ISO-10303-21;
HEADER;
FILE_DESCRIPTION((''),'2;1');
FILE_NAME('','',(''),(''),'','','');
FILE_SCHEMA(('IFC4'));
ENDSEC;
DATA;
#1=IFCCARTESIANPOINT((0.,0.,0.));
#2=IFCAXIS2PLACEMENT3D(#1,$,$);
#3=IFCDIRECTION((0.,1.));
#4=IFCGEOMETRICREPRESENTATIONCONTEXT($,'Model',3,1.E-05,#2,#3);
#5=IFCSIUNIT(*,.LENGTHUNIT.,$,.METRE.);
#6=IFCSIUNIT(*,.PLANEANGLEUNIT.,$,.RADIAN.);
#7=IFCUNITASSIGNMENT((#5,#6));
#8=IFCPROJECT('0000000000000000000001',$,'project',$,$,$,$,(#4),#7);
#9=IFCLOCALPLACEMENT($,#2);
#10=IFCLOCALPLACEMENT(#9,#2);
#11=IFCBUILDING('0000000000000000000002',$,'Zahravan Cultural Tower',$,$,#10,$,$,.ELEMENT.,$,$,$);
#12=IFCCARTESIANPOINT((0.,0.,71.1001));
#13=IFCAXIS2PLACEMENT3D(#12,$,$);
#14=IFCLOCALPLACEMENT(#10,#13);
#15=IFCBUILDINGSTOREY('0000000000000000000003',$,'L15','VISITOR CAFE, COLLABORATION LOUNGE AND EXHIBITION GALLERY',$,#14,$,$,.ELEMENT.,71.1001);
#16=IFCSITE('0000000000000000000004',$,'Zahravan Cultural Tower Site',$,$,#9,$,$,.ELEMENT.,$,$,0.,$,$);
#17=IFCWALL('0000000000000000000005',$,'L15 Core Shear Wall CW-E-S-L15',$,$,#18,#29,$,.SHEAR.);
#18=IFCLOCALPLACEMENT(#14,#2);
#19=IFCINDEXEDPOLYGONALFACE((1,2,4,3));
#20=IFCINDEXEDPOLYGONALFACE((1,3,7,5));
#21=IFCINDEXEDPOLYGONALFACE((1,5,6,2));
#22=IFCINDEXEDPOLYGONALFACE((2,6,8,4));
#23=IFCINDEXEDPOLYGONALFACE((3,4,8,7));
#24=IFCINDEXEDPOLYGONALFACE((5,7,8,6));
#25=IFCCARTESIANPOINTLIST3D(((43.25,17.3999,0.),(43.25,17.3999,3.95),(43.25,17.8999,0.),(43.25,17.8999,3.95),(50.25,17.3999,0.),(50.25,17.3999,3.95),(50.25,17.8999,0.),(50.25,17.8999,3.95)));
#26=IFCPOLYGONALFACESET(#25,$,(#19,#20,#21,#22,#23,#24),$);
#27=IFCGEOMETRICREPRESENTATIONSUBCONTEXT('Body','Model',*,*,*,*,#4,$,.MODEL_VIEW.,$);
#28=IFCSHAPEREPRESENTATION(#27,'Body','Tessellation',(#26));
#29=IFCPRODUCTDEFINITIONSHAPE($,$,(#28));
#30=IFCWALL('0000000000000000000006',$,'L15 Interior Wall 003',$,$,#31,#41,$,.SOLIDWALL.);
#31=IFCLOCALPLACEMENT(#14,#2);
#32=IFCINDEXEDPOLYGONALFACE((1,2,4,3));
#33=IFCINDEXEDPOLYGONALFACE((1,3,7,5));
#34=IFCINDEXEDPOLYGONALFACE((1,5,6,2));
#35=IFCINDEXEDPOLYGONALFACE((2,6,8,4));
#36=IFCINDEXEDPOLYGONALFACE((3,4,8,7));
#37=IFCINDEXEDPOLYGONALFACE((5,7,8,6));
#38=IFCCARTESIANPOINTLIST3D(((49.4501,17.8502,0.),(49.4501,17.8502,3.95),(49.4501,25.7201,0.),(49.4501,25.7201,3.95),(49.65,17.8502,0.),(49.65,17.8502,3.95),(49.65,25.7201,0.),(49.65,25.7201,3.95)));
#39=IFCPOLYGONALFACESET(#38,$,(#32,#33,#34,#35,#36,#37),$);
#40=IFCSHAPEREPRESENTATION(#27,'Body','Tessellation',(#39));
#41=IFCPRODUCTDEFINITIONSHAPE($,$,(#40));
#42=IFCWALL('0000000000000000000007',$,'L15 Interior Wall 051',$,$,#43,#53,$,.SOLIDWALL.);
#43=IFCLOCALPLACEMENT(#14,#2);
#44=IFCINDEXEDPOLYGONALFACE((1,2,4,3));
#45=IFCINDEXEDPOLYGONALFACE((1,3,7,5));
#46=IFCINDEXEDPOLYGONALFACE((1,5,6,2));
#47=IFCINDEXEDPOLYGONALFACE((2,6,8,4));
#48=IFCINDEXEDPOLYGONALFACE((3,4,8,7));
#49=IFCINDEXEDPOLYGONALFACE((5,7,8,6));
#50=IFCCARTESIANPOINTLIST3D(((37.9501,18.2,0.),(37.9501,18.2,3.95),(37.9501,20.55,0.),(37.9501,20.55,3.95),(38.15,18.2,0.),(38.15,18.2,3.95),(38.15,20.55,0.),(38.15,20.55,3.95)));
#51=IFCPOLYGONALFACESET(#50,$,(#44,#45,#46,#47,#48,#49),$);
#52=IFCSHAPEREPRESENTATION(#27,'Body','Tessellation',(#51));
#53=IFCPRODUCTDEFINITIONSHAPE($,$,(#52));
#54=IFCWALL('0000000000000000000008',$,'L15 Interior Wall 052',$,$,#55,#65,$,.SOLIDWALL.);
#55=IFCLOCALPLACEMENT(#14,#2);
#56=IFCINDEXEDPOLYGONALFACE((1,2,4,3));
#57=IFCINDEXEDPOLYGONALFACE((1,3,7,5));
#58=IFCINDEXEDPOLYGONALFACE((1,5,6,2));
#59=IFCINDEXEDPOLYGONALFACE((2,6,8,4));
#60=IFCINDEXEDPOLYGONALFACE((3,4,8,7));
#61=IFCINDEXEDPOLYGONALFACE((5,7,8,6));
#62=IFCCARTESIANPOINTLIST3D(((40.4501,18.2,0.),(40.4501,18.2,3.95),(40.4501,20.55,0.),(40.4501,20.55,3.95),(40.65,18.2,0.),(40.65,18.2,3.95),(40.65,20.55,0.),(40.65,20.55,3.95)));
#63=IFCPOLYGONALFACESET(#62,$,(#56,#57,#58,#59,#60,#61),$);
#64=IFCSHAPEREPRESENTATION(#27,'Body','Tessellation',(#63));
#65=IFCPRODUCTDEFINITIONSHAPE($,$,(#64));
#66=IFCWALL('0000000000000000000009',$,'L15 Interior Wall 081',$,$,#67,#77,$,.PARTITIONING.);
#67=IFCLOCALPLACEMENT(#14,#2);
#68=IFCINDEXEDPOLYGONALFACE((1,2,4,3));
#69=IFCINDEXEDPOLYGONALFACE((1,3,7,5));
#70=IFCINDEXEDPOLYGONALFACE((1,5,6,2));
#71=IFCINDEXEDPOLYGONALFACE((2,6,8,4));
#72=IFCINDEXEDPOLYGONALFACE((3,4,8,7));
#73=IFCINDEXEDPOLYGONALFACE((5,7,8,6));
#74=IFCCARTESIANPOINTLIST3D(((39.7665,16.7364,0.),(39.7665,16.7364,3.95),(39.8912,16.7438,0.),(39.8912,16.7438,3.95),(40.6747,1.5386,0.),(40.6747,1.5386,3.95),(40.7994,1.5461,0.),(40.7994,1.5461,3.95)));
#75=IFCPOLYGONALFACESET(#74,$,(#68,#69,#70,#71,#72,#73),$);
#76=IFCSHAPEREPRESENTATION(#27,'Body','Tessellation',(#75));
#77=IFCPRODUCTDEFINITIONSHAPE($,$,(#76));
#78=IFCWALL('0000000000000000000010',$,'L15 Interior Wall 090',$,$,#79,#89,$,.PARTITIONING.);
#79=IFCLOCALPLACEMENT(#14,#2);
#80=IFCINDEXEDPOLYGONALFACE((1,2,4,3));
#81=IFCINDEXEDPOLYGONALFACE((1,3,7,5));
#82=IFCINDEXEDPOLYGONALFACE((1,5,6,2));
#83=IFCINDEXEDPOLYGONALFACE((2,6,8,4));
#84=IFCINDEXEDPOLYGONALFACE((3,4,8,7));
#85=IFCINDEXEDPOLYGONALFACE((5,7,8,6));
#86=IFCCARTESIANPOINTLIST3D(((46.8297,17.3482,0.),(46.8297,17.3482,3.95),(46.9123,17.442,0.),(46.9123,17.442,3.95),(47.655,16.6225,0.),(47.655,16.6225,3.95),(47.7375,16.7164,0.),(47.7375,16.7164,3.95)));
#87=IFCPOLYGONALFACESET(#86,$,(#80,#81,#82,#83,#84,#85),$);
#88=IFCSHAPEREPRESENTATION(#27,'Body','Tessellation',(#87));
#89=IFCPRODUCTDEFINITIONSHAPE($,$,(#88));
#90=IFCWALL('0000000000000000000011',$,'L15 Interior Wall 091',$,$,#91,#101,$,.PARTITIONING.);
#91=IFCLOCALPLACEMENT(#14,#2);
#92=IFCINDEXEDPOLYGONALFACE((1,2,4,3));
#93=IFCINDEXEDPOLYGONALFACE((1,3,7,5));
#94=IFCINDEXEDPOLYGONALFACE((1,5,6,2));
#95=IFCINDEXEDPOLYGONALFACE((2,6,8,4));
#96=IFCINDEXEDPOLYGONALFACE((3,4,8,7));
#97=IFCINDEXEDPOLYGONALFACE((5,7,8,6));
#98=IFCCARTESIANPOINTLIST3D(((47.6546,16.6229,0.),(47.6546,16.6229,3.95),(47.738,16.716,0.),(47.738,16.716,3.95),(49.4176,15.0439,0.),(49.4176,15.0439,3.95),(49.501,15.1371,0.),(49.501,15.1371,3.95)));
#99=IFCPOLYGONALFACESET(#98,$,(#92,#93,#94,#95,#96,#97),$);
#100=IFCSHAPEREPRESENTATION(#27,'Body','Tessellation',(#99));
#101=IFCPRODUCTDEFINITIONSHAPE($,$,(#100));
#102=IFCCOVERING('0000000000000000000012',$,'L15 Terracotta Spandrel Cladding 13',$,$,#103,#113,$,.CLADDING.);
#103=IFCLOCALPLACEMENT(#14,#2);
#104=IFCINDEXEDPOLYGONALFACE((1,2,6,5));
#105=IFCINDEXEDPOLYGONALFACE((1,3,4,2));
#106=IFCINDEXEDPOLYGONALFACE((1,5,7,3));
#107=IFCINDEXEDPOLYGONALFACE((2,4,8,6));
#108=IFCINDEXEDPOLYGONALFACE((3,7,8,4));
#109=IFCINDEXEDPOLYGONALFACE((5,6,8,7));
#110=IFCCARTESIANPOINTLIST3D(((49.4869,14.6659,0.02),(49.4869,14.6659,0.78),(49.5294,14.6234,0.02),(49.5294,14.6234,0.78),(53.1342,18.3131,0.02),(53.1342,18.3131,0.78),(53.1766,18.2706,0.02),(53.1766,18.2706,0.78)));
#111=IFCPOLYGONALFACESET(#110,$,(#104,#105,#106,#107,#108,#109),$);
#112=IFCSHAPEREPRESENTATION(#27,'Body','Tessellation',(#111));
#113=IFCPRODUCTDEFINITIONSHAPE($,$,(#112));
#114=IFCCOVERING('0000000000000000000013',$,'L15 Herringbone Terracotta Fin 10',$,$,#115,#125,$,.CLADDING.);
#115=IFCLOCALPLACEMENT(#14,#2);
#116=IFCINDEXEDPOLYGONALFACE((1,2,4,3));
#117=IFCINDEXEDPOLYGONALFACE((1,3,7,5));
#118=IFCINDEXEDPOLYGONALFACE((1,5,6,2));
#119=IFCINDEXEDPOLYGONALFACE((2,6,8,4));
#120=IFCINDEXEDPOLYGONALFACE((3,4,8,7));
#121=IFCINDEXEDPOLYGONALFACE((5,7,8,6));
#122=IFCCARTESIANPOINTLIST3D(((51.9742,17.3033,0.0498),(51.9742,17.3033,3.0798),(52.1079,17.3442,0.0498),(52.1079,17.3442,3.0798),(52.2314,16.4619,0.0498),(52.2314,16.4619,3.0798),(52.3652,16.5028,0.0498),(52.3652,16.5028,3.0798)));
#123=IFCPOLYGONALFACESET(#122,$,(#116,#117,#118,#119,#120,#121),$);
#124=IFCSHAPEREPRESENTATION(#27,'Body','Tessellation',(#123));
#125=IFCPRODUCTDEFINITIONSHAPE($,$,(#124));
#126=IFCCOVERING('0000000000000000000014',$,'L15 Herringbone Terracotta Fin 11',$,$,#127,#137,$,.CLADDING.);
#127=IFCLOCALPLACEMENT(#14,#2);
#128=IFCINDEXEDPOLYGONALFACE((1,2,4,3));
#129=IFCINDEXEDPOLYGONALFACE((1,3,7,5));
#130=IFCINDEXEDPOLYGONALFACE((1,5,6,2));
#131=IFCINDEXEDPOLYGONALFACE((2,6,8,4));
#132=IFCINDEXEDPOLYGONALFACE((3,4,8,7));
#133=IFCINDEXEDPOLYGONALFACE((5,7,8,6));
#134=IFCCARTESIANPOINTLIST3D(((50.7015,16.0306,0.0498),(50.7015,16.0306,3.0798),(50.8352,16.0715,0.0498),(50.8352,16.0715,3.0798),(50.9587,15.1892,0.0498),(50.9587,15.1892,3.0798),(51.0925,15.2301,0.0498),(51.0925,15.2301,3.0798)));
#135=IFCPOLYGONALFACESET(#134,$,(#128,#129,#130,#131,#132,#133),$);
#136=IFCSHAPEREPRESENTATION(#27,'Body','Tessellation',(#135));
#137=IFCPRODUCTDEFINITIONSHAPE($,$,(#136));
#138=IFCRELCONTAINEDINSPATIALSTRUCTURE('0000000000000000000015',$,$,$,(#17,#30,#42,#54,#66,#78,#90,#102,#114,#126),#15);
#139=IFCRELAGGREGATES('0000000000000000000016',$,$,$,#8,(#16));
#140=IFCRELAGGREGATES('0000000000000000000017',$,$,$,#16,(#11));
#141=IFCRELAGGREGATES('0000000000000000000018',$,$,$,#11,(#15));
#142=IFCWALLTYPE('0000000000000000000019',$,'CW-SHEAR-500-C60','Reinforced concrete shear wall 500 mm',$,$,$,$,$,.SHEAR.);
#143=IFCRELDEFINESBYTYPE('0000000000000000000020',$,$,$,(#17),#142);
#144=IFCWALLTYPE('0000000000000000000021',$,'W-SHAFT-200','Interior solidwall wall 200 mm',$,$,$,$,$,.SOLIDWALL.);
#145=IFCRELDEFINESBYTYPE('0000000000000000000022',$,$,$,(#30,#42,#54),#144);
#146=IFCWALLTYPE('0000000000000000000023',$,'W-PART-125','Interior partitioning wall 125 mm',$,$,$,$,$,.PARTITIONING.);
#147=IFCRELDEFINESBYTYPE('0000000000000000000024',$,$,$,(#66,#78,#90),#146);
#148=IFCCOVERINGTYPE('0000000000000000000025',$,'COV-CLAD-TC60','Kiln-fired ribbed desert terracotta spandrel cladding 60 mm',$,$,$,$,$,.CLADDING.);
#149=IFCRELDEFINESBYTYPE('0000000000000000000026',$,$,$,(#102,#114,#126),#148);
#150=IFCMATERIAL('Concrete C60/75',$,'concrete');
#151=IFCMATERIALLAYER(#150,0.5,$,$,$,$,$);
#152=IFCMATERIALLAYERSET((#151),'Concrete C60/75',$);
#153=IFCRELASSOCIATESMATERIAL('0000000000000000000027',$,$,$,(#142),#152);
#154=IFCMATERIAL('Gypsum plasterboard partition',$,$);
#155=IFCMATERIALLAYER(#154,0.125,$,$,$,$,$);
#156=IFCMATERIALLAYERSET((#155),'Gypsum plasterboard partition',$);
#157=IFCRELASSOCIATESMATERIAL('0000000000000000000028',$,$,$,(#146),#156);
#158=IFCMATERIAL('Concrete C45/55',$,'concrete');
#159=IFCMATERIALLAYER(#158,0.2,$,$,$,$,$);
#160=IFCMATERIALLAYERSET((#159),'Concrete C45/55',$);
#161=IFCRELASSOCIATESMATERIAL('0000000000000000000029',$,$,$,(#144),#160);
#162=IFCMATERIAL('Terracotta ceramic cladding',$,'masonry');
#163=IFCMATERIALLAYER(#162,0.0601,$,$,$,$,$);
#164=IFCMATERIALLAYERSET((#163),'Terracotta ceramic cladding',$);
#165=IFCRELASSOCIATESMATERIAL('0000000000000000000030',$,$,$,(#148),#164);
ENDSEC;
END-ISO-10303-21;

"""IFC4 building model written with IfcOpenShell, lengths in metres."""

from ifc_helpers import new_model, si_unit, direction, frame, frame_2d, origin, origin_2d, place, context, subcontext, project, spatial, rectangle, extrude, source, transform, mapped, material, layer, layer_set, type_object, element, save


model = new_model("IFC4")

# Units and contexts
model_context = context("Model", 3, precision=1e-05, world=origin(), true_north=direction((0.0, 1.0)))
body_context = subcontext(model_context, "Body", "Model", "MODEL_VIEW")
ifc_project = project(units=[si_unit("LENGTHUNIT", "METRE"), si_unit("PLANEANGLEUNIT", "RADIAN")], contexts=[model_context])

# Site, building, storey
site_placement = place(None, origin())
site = spatial("IfcSite", under=ifc_project, at=site_placement, Name="Zahravan Cultural Tower Site", CompositionType="ELEMENT", RefElevation=0.0)
building_placement = place(site_placement, origin())
building = spatial("IfcBuilding", under=site, at=building_placement, Name="Zahravan Cultural Tower", CompositionType="ELEMENT")
storey_placement = place(building_placement, frame((0.0, 0.0, 71.1001)))
storey = spatial("IfcBuildingStorey", under=building, at=storey_placement, Name="L15", Description="VISITOR CAFE, COLLABORATION LOUNGE AND EXHIBITION GALLERY", CompositionType="ELEMENT", Elevation=71.1001)

# Shared definitions
ifc_material_1 = material(Name="Concrete C60/75", Category="concrete")

# Shared definitions
ifc_layer_1 = layer(ifc_material_1, 0.5)
ifc_layer_set_1 = layer_set([ifc_layer_1], Name="Concrete C60/75")
wall_type_1 = type_object("IfcWallType", Name="CW-SHEAR-500-C60", Description="Reinforced concrete shear wall 500 mm", PredefinedType="SHEAR", material=ifc_layer_set_1)

# Shared definitions
ifc_material_2 = material(Name="Gypsum plasterboard partition")
ifc_layer_2 = layer(ifc_material_2, 0.125)
ifc_layer_set_2 = layer_set([ifc_layer_2], Name="Gypsum plasterboard partition")
wall_type_2 = type_object("IfcWallType", Name="W-PART-125", Description="Interior partitioning wall 125 mm", PredefinedType="PARTITIONING", material=ifc_layer_set_2)
ifc_material_3 = material(Name="Concrete C45/55", Category="concrete")
ifc_layer_3 = layer(ifc_material_3, 0.2)
ifc_layer_set_3 = layer_set([ifc_layer_3], Name="Concrete C45/55")
wall_type_3 = type_object("IfcWallType", Name="W-SHAFT-200", Description="Interior solidwall wall 200 mm", PredefinedType="SOLIDWALL", material=ifc_layer_set_3)

# Walls
shared_shape_1 = source(origin(), body_context, "Body", "SweptSolid", [
    extrude(rectangle(XDim=7.0, YDim=0.5, at=frame_2d((3.5, 0.0))), origin(), (0.0, 0.0, 1.0), 3.95),
])
wall_1_placement = place(storey_placement, frame((43.25, 17.6499, 0.0), z_axis=(0.0, 0.0, 1.0), x_axis=(1.0, 0.0, 0.0)))
element("IfcWall", 1, at=wall_1_placement, inside=storey, type_object=wall_type_1, Name="L15 Core Shear Wall CW-E-S-L15", PredefinedType="SHEAR", context=body_context, shape_type="MappedRepresentation", body=[
    mapped(shared_shape_1, transform((0.0, 0.0, 0.0), x_axis=(1.0, 0.0, 0.0), y_axis=(0.0, 1.0, 0.0), z_axis=(0.0, 0.0, 1.0), scale=1.0)),
])
shared_shape_2 = source(origin(), body_context, "Body", "SweptSolid", [
    extrude(rectangle(XDim=7.8699, YDim=0.2, at=frame_2d((3.9351, 0.0))), origin(), (0.0, 0.0, 1.0), 3.95),
])
wall_2_placement = place(storey_placement, frame((49.55, 17.8501, 0.0), z_axis=(0.0, 0.0, 1.0), x_axis=(0.0, 1.0, 0.0)))
element("IfcWall", 2, at=wall_2_placement, inside=storey, type_object=wall_type_3, Name="L15 Interior Wall 003", PredefinedType="SOLIDWALL", context=body_context, shape_type="MappedRepresentation", body=[
    mapped(shared_shape_2, transform((0.0, 0.0, 0.0), x_axis=(1.0, 0.0, 0.0), y_axis=(0.0, 1.0, 0.0), z_axis=(0.0, 0.0, 1.0), scale=1.0)),
])
shared_shape_3 = source(origin(), body_context, "Body", "SweptSolid", [
    extrude(rectangle(XDim=2.3501, YDim=0.2, at=frame_2d((1.175, 0.0))), origin(), (0.0, 0.0, 1.0), 3.95),
])
for number, where, z_axis, x_axis, name in (
    (3, (38.05, 18.2, 0.0), (0.0, 0.0, 1.0), (0.0, 1.0, 0.0), "L15 Interior Wall 051"),
    (4, (40.55, 18.2, 0.0), (0.0, 0.0, 1.0), (0.0, 1.0, 0.0), "L15 Interior Wall 052"),
):
    element("IfcWall", number, at=place(storey_placement, frame(where, z_axis=z_axis, x_axis=x_axis)), inside=storey, type_object=wall_type_3, Name=name, PredefinedType="SOLIDWALL", context=body_context, shape_type="MappedRepresentation", body=[
        mapped(shared_shape_3, transform((0.0, 0.0, 0.0), x_axis=(1.0, 0.0, 0.0), y_axis=(0.0, 1.0, 0.0), z_axis=(0.0, 0.0, 1.0), scale=1.0)),
    ])
shared_shape_4 = source(origin(), body_context, "Body", "SweptSolid", [
    extrude(rectangle(XDim=15.2249, YDim=0.125, at=frame_2d((7.6123, 0.0))), origin(), (0.0, 0.0, 1.0), 3.95),
])
wall_3_placement = place(storey_placement, frame((39.8289, 16.74, 0.0), z_axis=(0.0, 0.0, 1.0), x_axis=(0.059653, -0.998219, 0.0)))
element("IfcWall", 5, at=wall_3_placement, inside=storey, type_object=wall_type_2, Name="L15 Interior Wall 081", PredefinedType="PARTITIONING", context=body_context, shape_type="MappedRepresentation", body=[
    mapped(shared_shape_4, transform((0.0, 0.0, 0.0), x_axis=(1.0, 0.0, 0.0), y_axis=(0.0, 1.0, 0.0), z_axis=(0.0, 0.0, 1.0), scale=1.0)),
])
shared_shape_5 = source(origin(), body_context, "Body", "SweptSolid", [
    extrude(rectangle(XDim=1.0989, YDim=0.125, at=frame_2d((0.5493, 0.0))), origin(), (0.0, 0.0, 1.0), 3.95),
])
wall_4_placement = place(storey_placement, frame((46.8711, 17.395, 0.0), z_axis=(0.0, 0.0, 1.0), x_axis=(0.750978, -0.660327, 0.0)))
element("IfcWall", 6, at=wall_4_placement, inside=storey, type_object=wall_type_2, Name="L15 Interior Wall 090", PredefinedType="PARTITIONING", context=body_context, shape_type="MappedRepresentation", body=[
    mapped(shared_shape_5, transform((0.0, 0.0, 0.0), x_axis=(1.0, 0.0, 0.0), y_axis=(0.0, 1.0, 0.0), z_axis=(0.0, 0.0, 1.0), scale=1.0)),
])
shared_shape_6 = source(origin(), body_context, "Body", "SweptSolid", [
    extrude(rectangle(XDim=2.3667, YDim=0.125, at=frame_2d((1.1833, 0.0))), origin(), (0.0, 0.0, 1.0), 3.95),
])
wall_5_placement = place(storey_placement, frame((47.6963, 16.6694, 0.0), z_axis=(0.0, 0.0, 1.0), x_axis=(0.744928, -0.667145, 0.0)))
element("IfcWall", 7, at=wall_5_placement, inside=storey, type_object=wall_type_2, Name="L15 Interior Wall 091", PredefinedType="PARTITIONING", context=body_context, shape_type="MappedRepresentation", body=[
    mapped(shared_shape_6, transform((0.0, 0.0, 0.0), x_axis=(1.0, 0.0, 0.0), y_axis=(0.0, 1.0, 0.0), z_axis=(0.0, 0.0, 1.0), scale=1.0)),
])

# Coverings
ifc_material_4 = material(Name="Terracotta ceramic cladding", Category="masonry")
ifc_layer_4 = layer(ifc_material_4, 0.0601)
ifc_layer_set_4 = layer_set([ifc_layer_4], Name="Terracotta ceramic cladding")
covering_type = type_object("IfcCoveringType", Name="COV-CLAD-TC60", Description="Kiln-fired ribbed desert terracotta spandrel cladding 60 mm", PredefinedType="CLADDING", material=ifc_layer_set_4)
shared_shape_7 = source(origin(), body_context, "Body", "SweptSolid", [
    extrude(rectangle(XDim=5.158, YDim=0.0601, at=origin_2d()), origin(), (0.0, 0.0, 1.0), 0.76),
])
covering_placement = place(storey_placement, frame((51.3318, 16.4683, 0.02), z_axis=(0.0, 0.0, 1.0), x_axis=(-0.707107, -0.707107, 0.0)))
element("IfcCovering", 8, at=covering_placement, inside=storey, type_object=covering_type, Name="L15 Terracotta Spandrel Cladding 13", PredefinedType="CLADDING", context=body_context, shape_type="MappedRepresentation", body=[
    mapped(shared_shape_7, transform((0.0, 0.0, 0.0), x_axis=(1.0, 0.0, 0.0), y_axis=(0.0, 1.0, 0.0), z_axis=(0.0, 0.0, 1.0), scale=1.0)),
])
shared_shape_8 = source(origin(), body_context, "Body", "SweptSolid", [
    extrude(rectangle(XDim=0.8799, YDim=0.1399, at=origin_2d()), origin(), (0.0, 0.0, 1.0), 3.03),
])
for number, where, z_axis, x_axis, name in (
    (9, (52.1697, 16.9031, 0.0498), (0.0, 0.0, 1.0), (0.292372, -0.956305, 0.0), "L15 Herringbone Terracotta Fin 10"),
    (10, (50.897, 15.6304, 0.0498), (0.0, 0.0, 1.0), (0.292372, -0.956305, 0.0), "L15 Herringbone Terracotta Fin 11"),
):
    element("IfcCovering", number, at=place(storey_placement, frame(where, z_axis=z_axis, x_axis=x_axis)), inside=storey, type_object=covering_type, Name=name, PredefinedType="CLADDING", context=body_context, shape_type="MappedRepresentation", body=[
        mapped(shared_shape_8, transform((0.0, 0.0, 0.0), x_axis=(1.0, 0.0, 0.0), y_axis=(0.0, 1.0, 0.0), z_axis=(0.0, 0.0, 1.0), scale=1.0)),
    ])

save(model, "model.ifc")
